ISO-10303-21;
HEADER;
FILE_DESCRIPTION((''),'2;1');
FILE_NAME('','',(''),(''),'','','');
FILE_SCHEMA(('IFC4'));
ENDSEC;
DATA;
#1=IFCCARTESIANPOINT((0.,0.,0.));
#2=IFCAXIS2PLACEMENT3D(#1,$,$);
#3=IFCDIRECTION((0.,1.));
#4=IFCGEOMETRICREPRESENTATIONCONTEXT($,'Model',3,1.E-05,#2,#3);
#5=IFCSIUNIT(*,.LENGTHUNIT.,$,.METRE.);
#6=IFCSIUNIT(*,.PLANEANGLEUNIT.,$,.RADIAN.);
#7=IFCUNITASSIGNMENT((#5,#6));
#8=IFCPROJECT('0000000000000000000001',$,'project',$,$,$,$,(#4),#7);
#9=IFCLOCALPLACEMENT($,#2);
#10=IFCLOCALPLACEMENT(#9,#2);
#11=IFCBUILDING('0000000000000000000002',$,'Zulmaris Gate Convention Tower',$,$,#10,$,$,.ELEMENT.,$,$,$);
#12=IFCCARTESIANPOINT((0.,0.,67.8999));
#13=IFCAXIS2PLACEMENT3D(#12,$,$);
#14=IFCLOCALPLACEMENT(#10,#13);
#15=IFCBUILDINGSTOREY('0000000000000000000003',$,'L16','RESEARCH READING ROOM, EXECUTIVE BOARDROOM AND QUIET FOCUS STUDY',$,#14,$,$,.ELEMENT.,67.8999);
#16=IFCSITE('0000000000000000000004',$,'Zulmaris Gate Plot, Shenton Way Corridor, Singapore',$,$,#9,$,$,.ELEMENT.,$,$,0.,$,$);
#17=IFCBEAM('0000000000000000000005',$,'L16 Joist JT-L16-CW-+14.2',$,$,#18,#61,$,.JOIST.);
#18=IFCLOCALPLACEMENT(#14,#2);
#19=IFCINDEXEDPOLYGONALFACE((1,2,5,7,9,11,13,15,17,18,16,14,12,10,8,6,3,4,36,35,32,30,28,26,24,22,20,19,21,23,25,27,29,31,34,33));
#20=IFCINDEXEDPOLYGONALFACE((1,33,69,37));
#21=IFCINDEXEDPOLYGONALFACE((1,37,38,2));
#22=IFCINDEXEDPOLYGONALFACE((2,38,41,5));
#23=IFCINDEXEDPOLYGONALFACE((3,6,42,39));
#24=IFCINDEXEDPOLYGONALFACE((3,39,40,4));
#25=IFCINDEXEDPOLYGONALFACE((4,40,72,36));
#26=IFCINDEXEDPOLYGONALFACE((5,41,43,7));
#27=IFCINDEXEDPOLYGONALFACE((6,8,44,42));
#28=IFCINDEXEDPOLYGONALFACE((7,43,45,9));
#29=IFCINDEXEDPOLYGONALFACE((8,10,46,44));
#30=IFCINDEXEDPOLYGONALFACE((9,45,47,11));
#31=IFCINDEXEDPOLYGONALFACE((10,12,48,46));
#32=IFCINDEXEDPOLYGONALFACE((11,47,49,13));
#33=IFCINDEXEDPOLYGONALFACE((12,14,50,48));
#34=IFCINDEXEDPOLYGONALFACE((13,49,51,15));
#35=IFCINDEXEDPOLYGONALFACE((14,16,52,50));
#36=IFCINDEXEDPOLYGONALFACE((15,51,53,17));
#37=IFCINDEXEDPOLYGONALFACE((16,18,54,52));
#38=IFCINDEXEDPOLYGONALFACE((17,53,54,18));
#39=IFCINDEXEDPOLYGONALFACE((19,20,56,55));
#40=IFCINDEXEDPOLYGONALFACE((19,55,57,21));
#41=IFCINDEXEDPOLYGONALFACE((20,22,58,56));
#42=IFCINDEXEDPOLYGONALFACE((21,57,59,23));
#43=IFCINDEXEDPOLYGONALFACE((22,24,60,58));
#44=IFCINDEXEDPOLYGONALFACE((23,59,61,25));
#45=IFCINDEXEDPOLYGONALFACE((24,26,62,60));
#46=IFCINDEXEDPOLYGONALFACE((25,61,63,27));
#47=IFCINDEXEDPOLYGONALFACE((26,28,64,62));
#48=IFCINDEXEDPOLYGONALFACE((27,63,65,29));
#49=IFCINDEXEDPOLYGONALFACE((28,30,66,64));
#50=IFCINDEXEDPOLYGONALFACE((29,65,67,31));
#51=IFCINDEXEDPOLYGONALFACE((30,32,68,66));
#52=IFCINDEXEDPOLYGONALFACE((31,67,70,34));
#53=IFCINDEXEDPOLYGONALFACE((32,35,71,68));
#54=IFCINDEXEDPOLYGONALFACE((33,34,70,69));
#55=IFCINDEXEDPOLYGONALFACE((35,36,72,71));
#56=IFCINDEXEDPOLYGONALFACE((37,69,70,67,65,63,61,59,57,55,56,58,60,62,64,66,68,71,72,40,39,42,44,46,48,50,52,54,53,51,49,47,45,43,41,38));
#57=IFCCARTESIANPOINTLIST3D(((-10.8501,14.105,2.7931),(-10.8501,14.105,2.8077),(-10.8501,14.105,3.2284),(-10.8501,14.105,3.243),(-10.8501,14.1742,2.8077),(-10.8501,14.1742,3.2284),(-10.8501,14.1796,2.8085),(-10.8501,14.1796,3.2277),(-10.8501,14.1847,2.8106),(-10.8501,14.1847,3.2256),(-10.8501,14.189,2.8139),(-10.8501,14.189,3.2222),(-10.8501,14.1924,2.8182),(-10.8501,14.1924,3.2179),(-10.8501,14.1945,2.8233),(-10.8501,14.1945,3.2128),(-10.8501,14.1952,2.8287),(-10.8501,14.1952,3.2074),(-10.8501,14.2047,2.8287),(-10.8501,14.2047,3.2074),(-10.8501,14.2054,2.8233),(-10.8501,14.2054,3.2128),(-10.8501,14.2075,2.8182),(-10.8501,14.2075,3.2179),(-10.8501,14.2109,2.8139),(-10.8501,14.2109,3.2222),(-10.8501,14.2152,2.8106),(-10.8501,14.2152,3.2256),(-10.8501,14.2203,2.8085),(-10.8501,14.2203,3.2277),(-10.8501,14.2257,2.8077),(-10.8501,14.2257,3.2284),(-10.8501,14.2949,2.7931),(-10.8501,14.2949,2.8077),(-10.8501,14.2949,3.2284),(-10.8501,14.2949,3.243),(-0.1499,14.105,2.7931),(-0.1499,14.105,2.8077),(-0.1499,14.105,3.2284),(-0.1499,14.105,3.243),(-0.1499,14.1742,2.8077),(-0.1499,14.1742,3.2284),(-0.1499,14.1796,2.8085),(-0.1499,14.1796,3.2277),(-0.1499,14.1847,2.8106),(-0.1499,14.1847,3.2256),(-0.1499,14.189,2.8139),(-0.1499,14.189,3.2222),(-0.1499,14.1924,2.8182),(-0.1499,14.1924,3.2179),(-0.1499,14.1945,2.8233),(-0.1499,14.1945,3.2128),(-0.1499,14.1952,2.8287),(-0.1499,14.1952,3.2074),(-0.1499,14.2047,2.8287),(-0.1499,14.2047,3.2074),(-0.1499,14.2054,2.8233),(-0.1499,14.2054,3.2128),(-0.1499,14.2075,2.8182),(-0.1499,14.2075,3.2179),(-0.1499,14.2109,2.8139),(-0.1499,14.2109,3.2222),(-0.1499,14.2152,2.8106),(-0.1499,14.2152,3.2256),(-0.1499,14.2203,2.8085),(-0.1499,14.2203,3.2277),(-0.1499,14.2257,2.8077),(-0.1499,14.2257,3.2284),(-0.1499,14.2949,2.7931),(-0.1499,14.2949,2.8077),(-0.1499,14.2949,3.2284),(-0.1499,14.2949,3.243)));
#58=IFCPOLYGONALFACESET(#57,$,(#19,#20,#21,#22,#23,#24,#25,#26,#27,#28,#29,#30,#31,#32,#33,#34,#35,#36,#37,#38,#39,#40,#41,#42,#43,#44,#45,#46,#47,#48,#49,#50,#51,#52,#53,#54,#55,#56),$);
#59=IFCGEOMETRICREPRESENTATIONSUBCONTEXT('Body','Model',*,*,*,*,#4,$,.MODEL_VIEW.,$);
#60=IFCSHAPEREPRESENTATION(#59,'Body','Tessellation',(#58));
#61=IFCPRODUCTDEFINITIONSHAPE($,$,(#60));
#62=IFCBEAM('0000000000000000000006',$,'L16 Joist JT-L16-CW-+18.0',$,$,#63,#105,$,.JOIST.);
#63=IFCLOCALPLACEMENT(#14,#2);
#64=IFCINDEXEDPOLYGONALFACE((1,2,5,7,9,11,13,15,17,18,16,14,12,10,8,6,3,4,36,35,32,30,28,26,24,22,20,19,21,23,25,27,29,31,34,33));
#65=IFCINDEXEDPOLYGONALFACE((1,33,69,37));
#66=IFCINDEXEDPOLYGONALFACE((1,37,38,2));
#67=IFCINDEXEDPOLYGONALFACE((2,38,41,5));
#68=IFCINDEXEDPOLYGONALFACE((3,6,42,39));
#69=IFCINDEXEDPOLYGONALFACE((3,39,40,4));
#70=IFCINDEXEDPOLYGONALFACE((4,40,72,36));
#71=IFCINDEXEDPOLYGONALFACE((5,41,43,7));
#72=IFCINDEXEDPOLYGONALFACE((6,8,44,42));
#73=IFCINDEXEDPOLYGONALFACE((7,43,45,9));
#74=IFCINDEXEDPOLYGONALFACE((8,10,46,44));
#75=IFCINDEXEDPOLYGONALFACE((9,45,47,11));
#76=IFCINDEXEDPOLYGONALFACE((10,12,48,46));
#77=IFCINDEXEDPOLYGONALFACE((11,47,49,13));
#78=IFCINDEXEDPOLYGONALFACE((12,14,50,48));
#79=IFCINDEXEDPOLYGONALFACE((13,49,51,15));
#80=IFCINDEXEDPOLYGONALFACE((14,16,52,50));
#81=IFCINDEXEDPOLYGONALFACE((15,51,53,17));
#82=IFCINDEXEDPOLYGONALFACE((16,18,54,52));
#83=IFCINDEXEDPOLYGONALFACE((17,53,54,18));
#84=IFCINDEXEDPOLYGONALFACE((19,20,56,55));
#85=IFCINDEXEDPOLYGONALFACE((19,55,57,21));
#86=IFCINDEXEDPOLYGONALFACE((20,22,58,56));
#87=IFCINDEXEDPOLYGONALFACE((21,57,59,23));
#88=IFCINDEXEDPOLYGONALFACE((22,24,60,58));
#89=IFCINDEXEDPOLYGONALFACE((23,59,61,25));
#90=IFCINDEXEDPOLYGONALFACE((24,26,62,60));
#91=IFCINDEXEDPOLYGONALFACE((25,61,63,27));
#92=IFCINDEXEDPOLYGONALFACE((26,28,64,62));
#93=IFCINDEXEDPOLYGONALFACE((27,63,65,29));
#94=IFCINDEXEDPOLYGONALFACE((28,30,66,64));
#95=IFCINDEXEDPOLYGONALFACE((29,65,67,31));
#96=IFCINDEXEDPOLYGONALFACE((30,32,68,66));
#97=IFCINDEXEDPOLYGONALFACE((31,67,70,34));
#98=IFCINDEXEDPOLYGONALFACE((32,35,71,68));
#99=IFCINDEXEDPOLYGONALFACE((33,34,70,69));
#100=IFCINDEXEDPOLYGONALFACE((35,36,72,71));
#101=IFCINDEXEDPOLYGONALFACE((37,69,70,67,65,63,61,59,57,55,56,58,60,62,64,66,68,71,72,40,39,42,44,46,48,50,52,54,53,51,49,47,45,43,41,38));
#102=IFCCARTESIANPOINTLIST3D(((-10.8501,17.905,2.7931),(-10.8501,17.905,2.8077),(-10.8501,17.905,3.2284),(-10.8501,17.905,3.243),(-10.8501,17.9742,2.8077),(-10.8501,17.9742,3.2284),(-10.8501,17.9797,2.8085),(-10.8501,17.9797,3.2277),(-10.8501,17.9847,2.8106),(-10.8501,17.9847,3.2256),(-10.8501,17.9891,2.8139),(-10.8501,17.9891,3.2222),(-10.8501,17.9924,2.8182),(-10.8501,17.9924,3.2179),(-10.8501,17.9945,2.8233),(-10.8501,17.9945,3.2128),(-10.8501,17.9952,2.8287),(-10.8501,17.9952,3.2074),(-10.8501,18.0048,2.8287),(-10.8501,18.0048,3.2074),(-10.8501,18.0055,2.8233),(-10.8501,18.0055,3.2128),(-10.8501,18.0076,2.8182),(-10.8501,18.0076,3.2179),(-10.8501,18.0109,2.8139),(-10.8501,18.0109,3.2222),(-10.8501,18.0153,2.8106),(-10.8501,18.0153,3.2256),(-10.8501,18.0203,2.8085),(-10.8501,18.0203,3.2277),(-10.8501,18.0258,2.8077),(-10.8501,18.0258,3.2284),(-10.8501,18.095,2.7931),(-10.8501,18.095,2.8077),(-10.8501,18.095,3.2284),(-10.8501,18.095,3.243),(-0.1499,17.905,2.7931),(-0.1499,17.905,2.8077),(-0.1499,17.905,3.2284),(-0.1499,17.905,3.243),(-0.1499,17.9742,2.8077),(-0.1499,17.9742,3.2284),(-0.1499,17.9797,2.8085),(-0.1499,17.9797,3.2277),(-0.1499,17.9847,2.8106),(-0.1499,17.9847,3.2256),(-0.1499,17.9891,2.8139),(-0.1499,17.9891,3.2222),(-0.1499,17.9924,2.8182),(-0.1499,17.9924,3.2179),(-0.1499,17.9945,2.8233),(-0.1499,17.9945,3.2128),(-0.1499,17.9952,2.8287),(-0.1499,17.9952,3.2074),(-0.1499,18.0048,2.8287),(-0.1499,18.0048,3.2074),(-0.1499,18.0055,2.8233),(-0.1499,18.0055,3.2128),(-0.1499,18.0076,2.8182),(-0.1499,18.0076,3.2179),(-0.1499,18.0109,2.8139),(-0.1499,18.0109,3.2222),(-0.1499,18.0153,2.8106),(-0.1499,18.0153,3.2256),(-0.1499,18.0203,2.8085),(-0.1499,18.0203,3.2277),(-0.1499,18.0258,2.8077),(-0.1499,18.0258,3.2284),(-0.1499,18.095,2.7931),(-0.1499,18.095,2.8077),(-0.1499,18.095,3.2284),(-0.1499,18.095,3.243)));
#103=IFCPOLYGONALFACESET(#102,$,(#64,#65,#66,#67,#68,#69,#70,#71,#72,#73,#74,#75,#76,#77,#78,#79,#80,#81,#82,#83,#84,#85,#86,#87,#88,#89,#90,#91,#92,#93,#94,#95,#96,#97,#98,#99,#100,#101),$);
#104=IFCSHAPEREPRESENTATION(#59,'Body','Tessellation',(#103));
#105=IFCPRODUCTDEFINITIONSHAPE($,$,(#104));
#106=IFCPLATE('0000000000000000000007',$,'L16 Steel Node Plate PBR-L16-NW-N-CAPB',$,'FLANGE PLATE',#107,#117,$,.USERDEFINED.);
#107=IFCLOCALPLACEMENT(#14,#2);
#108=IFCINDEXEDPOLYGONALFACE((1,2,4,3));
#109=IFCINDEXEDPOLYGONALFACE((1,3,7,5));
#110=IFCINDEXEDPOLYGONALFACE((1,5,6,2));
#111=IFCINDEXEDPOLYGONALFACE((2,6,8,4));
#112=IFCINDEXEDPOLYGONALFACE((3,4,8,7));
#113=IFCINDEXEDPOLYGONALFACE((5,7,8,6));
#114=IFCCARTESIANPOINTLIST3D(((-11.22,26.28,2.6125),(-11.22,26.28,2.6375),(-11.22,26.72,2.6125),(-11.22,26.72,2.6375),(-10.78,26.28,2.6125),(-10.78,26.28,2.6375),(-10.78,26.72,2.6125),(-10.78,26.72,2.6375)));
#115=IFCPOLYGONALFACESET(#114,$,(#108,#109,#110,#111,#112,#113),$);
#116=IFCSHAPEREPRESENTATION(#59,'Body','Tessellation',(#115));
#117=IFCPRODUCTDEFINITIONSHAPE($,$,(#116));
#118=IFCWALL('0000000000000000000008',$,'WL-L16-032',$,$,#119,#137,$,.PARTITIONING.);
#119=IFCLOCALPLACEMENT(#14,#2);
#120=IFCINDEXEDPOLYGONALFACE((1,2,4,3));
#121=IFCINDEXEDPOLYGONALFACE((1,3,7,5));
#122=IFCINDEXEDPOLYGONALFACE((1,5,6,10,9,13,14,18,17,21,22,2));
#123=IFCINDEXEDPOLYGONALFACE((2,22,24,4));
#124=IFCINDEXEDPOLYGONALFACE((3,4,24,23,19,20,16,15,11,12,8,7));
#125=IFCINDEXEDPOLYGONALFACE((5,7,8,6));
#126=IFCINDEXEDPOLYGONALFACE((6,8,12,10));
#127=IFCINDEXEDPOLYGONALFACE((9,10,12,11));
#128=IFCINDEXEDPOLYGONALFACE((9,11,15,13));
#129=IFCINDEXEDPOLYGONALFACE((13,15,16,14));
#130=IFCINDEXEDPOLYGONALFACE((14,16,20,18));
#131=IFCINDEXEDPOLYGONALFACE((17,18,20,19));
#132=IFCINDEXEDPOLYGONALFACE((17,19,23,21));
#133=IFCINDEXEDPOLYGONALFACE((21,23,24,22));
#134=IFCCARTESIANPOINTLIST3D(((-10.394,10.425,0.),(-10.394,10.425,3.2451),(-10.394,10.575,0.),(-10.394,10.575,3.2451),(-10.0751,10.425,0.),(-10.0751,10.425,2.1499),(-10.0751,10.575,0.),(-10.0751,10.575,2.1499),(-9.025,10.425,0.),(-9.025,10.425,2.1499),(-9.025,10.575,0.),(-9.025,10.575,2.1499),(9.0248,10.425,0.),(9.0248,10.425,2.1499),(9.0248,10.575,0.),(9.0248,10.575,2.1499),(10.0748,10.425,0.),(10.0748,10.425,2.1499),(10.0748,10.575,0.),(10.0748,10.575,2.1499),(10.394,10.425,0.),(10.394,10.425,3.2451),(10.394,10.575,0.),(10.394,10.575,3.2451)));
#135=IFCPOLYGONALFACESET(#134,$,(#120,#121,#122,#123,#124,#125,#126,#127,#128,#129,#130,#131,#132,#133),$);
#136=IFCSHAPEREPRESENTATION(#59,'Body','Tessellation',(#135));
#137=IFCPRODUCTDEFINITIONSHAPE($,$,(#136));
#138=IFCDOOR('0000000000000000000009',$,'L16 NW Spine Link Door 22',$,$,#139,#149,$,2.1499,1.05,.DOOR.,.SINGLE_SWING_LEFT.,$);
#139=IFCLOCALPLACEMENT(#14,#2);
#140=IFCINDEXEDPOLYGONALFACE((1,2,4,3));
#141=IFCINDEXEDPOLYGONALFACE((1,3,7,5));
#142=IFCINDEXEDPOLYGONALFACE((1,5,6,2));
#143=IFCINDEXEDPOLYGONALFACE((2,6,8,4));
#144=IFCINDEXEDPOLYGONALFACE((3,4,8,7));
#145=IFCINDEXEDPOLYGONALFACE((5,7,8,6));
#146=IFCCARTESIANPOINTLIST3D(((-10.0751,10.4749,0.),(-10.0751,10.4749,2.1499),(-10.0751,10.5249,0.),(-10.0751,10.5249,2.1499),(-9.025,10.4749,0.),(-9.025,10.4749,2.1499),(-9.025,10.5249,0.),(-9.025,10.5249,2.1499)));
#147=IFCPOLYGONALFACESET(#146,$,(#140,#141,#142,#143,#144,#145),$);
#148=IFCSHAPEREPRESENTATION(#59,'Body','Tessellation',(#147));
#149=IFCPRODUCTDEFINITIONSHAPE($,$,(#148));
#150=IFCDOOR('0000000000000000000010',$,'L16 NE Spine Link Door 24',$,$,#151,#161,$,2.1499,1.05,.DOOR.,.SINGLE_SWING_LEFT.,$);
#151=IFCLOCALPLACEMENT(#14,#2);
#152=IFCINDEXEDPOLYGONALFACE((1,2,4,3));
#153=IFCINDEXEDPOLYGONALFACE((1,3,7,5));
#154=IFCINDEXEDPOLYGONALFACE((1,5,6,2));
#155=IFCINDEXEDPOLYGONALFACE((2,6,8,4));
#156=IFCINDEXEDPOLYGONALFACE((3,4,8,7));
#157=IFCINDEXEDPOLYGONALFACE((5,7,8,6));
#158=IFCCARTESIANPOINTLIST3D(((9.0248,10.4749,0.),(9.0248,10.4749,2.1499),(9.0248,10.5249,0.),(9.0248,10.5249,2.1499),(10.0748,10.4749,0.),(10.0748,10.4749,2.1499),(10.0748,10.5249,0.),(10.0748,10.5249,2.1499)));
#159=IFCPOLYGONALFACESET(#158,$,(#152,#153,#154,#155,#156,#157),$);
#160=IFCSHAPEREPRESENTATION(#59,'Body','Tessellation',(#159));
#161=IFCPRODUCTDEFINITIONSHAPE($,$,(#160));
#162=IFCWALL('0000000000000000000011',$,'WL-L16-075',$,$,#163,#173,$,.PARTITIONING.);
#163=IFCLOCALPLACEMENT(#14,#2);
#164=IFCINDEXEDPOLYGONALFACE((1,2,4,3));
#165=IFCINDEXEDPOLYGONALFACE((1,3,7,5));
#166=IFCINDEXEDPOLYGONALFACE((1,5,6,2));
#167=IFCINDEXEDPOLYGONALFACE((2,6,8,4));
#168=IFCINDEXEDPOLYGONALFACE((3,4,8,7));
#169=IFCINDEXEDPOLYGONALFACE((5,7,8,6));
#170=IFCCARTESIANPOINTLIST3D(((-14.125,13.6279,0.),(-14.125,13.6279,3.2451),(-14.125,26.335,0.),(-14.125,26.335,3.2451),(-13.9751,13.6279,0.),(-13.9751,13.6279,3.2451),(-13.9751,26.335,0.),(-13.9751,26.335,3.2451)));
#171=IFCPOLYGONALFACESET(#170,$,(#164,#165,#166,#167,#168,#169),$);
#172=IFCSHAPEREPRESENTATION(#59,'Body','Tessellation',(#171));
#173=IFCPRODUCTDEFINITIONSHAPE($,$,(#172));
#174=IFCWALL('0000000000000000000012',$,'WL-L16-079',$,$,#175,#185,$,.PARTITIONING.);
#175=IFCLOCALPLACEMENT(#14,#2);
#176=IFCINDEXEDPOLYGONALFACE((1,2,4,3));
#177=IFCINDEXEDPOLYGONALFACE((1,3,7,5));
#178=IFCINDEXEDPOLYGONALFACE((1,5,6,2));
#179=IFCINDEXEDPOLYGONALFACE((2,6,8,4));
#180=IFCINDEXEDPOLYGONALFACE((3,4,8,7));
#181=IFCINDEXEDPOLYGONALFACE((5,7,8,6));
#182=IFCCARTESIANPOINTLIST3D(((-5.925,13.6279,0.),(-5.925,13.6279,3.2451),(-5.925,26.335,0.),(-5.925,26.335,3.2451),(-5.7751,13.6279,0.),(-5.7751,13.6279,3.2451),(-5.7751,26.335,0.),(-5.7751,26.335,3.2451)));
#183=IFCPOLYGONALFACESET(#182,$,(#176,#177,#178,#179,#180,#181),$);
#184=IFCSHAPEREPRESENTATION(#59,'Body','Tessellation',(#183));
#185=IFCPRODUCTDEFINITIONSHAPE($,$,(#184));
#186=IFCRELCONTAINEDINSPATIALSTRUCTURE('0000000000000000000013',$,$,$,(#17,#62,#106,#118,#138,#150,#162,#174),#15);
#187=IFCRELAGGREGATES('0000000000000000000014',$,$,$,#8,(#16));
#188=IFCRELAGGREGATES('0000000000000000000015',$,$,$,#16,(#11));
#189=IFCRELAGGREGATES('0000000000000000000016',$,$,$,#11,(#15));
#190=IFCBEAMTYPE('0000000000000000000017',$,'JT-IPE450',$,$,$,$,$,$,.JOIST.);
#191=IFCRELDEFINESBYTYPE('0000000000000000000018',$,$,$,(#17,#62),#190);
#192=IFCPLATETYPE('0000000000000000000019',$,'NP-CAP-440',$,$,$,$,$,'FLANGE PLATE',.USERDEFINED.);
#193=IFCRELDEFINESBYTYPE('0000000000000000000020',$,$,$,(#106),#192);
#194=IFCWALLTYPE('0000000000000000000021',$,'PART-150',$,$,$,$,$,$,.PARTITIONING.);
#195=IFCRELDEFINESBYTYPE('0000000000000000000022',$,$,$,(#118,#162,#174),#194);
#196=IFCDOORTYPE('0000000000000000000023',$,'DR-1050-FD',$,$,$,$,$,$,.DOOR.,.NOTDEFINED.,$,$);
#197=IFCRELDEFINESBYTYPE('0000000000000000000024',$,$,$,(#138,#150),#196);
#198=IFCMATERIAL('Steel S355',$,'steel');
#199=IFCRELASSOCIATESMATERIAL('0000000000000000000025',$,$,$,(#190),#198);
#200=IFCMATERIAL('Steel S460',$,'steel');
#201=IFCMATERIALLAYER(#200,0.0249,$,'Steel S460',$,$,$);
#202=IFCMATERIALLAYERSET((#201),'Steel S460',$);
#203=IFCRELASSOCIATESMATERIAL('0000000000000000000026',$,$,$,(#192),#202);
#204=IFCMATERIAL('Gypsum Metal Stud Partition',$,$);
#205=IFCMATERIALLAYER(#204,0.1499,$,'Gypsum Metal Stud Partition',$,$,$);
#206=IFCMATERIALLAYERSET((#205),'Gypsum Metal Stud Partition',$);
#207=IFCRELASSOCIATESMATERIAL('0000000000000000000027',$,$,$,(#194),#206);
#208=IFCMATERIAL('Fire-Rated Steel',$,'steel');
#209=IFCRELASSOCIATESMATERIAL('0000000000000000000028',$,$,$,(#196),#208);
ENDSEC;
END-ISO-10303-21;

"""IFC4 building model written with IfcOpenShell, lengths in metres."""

from ifc_helpers import new_model, si_unit, direction, frame, frame_2d, origin, origin_2d, place, context, subcontext, project, spatial, rectangle, i_section, extrude, material, layer, layer_set, material_profile, profile_set, type_object, element, fill, save


model = new_model("IFC4")

# Units and contexts
model_context = context("Model", 3, precision=1e-05, world=origin(), true_north=direction((0.0, 1.0)))
body_context = subcontext(model_context, "Body", "Model", "MODEL_VIEW")
ifc_project = project(units=[si_unit("LENGTHUNIT", "METRE"), si_unit("PLANEANGLEUNIT", "RADIAN")], contexts=[model_context])

# Site, building, storey
site_placement = place(None, origin())
site = spatial("IfcSite", under=ifc_project, at=site_placement, Name="Zulmaris Gate Plot, Shenton Way Corridor, Singapore", CompositionType="ELEMENT", RefElevation=0.0)
building_placement = place(site_placement, origin())
building = spatial("IfcBuilding", under=site, at=building_placement, Name="Zulmaris Gate Convention Tower", CompositionType="ELEMENT")
storey_placement = place(building_placement, frame((0.0, 0.0, 67.8999)))
storey = spatial("IfcBuildingStorey", under=building, at=storey_placement, Name="L16", Description="RESEARCH READING ROOM, EXECUTIVE BOARDROOM AND QUIET FOCUS STUDY", CompositionType="ELEMENT", Elevation=67.8999)

# Beams
ifc_material_1 = material(Name="Steel S355", Category="steel")
ifc_material_profile_1 = material_profile(ifc_material_1, i_section(OverallWidth=0.1899, OverallDepth=0.45, WebThickness=0.0095, FlangeThickness=0.0146, FilletRadius=0.021, at=origin_2d()), Name="IPE 450")
ifc_profile_set_1 = profile_set([ifc_material_profile_1], Name="Steel S355")
beam_type_1 = type_object("IfcBeamType", Name="JT-IPE450", PredefinedType="JOIST", material=ifc_profile_set_1)
for number, where, z_axis, x_axis, name in (
    (1, (-10.8501, 14.2, 3.0181), (1.0, 0.0, 0.0), (0.0, 1.0, 0.0), "L16 Joist JT-L16-CW-+14.2"),
    (2, (-10.8501, 18.0, 3.0181), (1.0, 0.0, 0.0), (0.0, 1.0, 0.0), "L16 Joist JT-L16-CW-+18.0"),
):
    element("IfcBeam", number, at=place(storey_placement, frame(where, z_axis=z_axis, x_axis=x_axis)), inside=storey, type_object=beam_type_1, Name=name, PredefinedType="JOIST", context=body_context, shape_type="SweptSolid", body=[
        extrude(i_section(OverallWidth=0.1899, OverallDepth=0.45, WebThickness=0.0095, FlangeThickness=0.0146, FilletRadius=0.021, at=origin_2d()), origin(), (0.0, 0.0, 1.0), 10.7002),
    ])

# Plate
ifc_material_2 = material(Name="Steel S460", Category="steel")
ifc_layer_1 = layer(ifc_material_2, 0.0249, Name="Steel S460")
ifc_layer_set_1 = layer_set([ifc_layer_1], Name="Steel S460")
plate_type = type_object("IfcPlateType", Name="NP-CAP-440", ElementType="FLANGE PLATE", PredefinedType="USERDEFINED", material=ifc_layer_set_1)
plate_placement = place(storey_placement, frame((-11.0, 26.5, 2.6125), z_axis=(0.0, 0.0, 1.0), x_axis=(1.0, 0.0, 0.0)))
element("IfcPlate", 3, at=plate_placement, inside=storey, type_object=plate_type, Name="L16 Steel Node Plate PBR-L16-NW-N-CAPB", ObjectType="FLANGE PLATE", PredefinedType="USERDEFINED", context=body_context, shape_type="SweptSolid", body=[
    extrude(rectangle(XDim=0.4399, YDim=0.4399, at=origin_2d()), origin(), (0.0, 0.0, 1.0), 0.0249),
])

# Wall, openings, doors
ifc_material_3 = material(Name="Gypsum Metal Stud Partition")
ifc_layer_2 = layer(ifc_material_3, 0.1499, Name="Gypsum Metal Stud Partition")
ifc_layer_set_2 = layer_set([ifc_layer_2], Name="Gypsum Metal Stud Partition")
wall_type_1 = type_object("IfcWallType", Name="PART-150", PredefinedType="PARTITIONING", material=ifc_layer_set_2)
wall_1_placement = place(storey_placement, frame((-10.394, 10.5, 0.0), z_axis=(0.0, 0.0, 1.0), x_axis=(1.0, 0.0, 0.0)))
wall_1 = element("IfcWall", 4, at=wall_1_placement, inside=storey, type_object=wall_type_1, Name="WL-L16-032", PredefinedType="PARTITIONING", context=body_context, shape_type="SweptSolid", body=[
    extrude(rectangle(XDim=20.7881, YDim=0.1499, at=frame_2d((10.394, 0.0))), origin(), (0.0, 0.0, 1.0), 3.2451),
])
opening_1_placement = place(wall_1_placement, frame((0.3191, 0.0, 0.0)))
opening_1 = element("IfcOpeningElement", 5, at=opening_1_placement, cuts=wall_1, PredefinedType="OPENING", context=body_context, shape_type="SweptSolid", body=[
    extrude(rectangle(XDim=1.05, YDim=2.1499, at=frame_2d((0.5249, 1.075))), frame((0.0, 0.085, 0.0), z_axis=(0.0, -1.0, 0.0), x_axis=(1.0, 0.0, 0.0)), (0.0, 0.0, 1.0), 0.1699),
])
opening_2_placement = place(wall_1_placement, frame((19.4189, 0.0, 0.0)))
opening_2 = element("IfcOpeningElement", 6, at=opening_2_placement, cuts=wall_1, PredefinedType="OPENING", context=body_context, shape_type="SweptSolid", body=[
    extrude(rectangle(XDim=1.05, YDim=2.1499, at=frame_2d((0.5249, 1.075))), frame((0.0, 0.085, 0.0), z_axis=(0.0, -1.0, 0.0), x_axis=(1.0, 0.0, 0.0)), (0.0, 0.0, 1.0), 0.1699),
])
ifc_material_4 = material(Name="Fire-Rated Steel", Category="steel")
door_type_1 = type_object("IfcDoorType", Name="DR-1050-FD", OperationType="NOTDEFINED", PredefinedType="DOOR", material=ifc_material_4)
door_1_placement = place(opening_1_placement, origin())
door_1 = element("IfcDoor", 7, at=door_1_placement, inside=storey, type_object=door_type_1, Name="L16 NW Spine Link Door 22", OperationType="SINGLE_SWING_LEFT", OverallHeight=2.1499, OverallWidth=1.05, PredefinedType="DOOR", context=body_context, shape_type="SweptSolid", body=[
    extrude(rectangle(XDim=1.05, YDim=2.1499, at=frame_2d((0.5249, 1.075))), frame((0.0, 0.0249, 0.0), z_axis=(0.0, -1.0, 0.0), x_axis=(1.0, 0.0, 0.0)), (0.0, 0.0, 1.0), 0.05),
])
fill(opening_1, door_1)
door_2_placement = place(opening_2_placement, origin())
door_2 = element("IfcDoor", 8, at=door_2_placement, inside=storey, type_object=door_type_1, Name="L16 NE Spine Link Door 24", OperationType="SINGLE_SWING_LEFT", OverallHeight=2.1499, OverallWidth=1.05, PredefinedType="DOOR", context=body_context, shape_type="SweptSolid", body=[
    extrude(rectangle(XDim=1.05, YDim=2.1499, at=frame_2d((0.5249, 1.075))), frame((0.0, 0.0249, 0.0), z_axis=(0.0, -1.0, 0.0), x_axis=(1.0, 0.0, 0.0)), (0.0, 0.0, 1.0), 0.05),
])
fill(opening_2, door_2)

# Walls
for number, where, z_axis, x_axis, name in (
    (9, (-14.05, 13.6279, 0.0), (0.0, 0.0, 1.0), (0.0, 1.0, 0.0), "WL-L16-075"),
    (10, (-5.8501, 13.6279, 0.0), (0.0, 0.0, 1.0), (0.0, 1.0, 0.0), "WL-L16-079"),
):
    element("IfcWall", number, at=place(storey_placement, frame(where, z_axis=z_axis, x_axis=x_axis)), inside=storey, type_object=wall_type_1, Name=name, PredefinedType="PARTITIONING", context=body_context, shape_type="SweptSolid", body=[
        extrude(rectangle(XDim=12.707, YDim=0.1499, at=frame_2d((6.3535, 0.0))), origin(), (0.0, 0.0, 1.0), 3.2451),
    ])

save(model, "model.ifc")
